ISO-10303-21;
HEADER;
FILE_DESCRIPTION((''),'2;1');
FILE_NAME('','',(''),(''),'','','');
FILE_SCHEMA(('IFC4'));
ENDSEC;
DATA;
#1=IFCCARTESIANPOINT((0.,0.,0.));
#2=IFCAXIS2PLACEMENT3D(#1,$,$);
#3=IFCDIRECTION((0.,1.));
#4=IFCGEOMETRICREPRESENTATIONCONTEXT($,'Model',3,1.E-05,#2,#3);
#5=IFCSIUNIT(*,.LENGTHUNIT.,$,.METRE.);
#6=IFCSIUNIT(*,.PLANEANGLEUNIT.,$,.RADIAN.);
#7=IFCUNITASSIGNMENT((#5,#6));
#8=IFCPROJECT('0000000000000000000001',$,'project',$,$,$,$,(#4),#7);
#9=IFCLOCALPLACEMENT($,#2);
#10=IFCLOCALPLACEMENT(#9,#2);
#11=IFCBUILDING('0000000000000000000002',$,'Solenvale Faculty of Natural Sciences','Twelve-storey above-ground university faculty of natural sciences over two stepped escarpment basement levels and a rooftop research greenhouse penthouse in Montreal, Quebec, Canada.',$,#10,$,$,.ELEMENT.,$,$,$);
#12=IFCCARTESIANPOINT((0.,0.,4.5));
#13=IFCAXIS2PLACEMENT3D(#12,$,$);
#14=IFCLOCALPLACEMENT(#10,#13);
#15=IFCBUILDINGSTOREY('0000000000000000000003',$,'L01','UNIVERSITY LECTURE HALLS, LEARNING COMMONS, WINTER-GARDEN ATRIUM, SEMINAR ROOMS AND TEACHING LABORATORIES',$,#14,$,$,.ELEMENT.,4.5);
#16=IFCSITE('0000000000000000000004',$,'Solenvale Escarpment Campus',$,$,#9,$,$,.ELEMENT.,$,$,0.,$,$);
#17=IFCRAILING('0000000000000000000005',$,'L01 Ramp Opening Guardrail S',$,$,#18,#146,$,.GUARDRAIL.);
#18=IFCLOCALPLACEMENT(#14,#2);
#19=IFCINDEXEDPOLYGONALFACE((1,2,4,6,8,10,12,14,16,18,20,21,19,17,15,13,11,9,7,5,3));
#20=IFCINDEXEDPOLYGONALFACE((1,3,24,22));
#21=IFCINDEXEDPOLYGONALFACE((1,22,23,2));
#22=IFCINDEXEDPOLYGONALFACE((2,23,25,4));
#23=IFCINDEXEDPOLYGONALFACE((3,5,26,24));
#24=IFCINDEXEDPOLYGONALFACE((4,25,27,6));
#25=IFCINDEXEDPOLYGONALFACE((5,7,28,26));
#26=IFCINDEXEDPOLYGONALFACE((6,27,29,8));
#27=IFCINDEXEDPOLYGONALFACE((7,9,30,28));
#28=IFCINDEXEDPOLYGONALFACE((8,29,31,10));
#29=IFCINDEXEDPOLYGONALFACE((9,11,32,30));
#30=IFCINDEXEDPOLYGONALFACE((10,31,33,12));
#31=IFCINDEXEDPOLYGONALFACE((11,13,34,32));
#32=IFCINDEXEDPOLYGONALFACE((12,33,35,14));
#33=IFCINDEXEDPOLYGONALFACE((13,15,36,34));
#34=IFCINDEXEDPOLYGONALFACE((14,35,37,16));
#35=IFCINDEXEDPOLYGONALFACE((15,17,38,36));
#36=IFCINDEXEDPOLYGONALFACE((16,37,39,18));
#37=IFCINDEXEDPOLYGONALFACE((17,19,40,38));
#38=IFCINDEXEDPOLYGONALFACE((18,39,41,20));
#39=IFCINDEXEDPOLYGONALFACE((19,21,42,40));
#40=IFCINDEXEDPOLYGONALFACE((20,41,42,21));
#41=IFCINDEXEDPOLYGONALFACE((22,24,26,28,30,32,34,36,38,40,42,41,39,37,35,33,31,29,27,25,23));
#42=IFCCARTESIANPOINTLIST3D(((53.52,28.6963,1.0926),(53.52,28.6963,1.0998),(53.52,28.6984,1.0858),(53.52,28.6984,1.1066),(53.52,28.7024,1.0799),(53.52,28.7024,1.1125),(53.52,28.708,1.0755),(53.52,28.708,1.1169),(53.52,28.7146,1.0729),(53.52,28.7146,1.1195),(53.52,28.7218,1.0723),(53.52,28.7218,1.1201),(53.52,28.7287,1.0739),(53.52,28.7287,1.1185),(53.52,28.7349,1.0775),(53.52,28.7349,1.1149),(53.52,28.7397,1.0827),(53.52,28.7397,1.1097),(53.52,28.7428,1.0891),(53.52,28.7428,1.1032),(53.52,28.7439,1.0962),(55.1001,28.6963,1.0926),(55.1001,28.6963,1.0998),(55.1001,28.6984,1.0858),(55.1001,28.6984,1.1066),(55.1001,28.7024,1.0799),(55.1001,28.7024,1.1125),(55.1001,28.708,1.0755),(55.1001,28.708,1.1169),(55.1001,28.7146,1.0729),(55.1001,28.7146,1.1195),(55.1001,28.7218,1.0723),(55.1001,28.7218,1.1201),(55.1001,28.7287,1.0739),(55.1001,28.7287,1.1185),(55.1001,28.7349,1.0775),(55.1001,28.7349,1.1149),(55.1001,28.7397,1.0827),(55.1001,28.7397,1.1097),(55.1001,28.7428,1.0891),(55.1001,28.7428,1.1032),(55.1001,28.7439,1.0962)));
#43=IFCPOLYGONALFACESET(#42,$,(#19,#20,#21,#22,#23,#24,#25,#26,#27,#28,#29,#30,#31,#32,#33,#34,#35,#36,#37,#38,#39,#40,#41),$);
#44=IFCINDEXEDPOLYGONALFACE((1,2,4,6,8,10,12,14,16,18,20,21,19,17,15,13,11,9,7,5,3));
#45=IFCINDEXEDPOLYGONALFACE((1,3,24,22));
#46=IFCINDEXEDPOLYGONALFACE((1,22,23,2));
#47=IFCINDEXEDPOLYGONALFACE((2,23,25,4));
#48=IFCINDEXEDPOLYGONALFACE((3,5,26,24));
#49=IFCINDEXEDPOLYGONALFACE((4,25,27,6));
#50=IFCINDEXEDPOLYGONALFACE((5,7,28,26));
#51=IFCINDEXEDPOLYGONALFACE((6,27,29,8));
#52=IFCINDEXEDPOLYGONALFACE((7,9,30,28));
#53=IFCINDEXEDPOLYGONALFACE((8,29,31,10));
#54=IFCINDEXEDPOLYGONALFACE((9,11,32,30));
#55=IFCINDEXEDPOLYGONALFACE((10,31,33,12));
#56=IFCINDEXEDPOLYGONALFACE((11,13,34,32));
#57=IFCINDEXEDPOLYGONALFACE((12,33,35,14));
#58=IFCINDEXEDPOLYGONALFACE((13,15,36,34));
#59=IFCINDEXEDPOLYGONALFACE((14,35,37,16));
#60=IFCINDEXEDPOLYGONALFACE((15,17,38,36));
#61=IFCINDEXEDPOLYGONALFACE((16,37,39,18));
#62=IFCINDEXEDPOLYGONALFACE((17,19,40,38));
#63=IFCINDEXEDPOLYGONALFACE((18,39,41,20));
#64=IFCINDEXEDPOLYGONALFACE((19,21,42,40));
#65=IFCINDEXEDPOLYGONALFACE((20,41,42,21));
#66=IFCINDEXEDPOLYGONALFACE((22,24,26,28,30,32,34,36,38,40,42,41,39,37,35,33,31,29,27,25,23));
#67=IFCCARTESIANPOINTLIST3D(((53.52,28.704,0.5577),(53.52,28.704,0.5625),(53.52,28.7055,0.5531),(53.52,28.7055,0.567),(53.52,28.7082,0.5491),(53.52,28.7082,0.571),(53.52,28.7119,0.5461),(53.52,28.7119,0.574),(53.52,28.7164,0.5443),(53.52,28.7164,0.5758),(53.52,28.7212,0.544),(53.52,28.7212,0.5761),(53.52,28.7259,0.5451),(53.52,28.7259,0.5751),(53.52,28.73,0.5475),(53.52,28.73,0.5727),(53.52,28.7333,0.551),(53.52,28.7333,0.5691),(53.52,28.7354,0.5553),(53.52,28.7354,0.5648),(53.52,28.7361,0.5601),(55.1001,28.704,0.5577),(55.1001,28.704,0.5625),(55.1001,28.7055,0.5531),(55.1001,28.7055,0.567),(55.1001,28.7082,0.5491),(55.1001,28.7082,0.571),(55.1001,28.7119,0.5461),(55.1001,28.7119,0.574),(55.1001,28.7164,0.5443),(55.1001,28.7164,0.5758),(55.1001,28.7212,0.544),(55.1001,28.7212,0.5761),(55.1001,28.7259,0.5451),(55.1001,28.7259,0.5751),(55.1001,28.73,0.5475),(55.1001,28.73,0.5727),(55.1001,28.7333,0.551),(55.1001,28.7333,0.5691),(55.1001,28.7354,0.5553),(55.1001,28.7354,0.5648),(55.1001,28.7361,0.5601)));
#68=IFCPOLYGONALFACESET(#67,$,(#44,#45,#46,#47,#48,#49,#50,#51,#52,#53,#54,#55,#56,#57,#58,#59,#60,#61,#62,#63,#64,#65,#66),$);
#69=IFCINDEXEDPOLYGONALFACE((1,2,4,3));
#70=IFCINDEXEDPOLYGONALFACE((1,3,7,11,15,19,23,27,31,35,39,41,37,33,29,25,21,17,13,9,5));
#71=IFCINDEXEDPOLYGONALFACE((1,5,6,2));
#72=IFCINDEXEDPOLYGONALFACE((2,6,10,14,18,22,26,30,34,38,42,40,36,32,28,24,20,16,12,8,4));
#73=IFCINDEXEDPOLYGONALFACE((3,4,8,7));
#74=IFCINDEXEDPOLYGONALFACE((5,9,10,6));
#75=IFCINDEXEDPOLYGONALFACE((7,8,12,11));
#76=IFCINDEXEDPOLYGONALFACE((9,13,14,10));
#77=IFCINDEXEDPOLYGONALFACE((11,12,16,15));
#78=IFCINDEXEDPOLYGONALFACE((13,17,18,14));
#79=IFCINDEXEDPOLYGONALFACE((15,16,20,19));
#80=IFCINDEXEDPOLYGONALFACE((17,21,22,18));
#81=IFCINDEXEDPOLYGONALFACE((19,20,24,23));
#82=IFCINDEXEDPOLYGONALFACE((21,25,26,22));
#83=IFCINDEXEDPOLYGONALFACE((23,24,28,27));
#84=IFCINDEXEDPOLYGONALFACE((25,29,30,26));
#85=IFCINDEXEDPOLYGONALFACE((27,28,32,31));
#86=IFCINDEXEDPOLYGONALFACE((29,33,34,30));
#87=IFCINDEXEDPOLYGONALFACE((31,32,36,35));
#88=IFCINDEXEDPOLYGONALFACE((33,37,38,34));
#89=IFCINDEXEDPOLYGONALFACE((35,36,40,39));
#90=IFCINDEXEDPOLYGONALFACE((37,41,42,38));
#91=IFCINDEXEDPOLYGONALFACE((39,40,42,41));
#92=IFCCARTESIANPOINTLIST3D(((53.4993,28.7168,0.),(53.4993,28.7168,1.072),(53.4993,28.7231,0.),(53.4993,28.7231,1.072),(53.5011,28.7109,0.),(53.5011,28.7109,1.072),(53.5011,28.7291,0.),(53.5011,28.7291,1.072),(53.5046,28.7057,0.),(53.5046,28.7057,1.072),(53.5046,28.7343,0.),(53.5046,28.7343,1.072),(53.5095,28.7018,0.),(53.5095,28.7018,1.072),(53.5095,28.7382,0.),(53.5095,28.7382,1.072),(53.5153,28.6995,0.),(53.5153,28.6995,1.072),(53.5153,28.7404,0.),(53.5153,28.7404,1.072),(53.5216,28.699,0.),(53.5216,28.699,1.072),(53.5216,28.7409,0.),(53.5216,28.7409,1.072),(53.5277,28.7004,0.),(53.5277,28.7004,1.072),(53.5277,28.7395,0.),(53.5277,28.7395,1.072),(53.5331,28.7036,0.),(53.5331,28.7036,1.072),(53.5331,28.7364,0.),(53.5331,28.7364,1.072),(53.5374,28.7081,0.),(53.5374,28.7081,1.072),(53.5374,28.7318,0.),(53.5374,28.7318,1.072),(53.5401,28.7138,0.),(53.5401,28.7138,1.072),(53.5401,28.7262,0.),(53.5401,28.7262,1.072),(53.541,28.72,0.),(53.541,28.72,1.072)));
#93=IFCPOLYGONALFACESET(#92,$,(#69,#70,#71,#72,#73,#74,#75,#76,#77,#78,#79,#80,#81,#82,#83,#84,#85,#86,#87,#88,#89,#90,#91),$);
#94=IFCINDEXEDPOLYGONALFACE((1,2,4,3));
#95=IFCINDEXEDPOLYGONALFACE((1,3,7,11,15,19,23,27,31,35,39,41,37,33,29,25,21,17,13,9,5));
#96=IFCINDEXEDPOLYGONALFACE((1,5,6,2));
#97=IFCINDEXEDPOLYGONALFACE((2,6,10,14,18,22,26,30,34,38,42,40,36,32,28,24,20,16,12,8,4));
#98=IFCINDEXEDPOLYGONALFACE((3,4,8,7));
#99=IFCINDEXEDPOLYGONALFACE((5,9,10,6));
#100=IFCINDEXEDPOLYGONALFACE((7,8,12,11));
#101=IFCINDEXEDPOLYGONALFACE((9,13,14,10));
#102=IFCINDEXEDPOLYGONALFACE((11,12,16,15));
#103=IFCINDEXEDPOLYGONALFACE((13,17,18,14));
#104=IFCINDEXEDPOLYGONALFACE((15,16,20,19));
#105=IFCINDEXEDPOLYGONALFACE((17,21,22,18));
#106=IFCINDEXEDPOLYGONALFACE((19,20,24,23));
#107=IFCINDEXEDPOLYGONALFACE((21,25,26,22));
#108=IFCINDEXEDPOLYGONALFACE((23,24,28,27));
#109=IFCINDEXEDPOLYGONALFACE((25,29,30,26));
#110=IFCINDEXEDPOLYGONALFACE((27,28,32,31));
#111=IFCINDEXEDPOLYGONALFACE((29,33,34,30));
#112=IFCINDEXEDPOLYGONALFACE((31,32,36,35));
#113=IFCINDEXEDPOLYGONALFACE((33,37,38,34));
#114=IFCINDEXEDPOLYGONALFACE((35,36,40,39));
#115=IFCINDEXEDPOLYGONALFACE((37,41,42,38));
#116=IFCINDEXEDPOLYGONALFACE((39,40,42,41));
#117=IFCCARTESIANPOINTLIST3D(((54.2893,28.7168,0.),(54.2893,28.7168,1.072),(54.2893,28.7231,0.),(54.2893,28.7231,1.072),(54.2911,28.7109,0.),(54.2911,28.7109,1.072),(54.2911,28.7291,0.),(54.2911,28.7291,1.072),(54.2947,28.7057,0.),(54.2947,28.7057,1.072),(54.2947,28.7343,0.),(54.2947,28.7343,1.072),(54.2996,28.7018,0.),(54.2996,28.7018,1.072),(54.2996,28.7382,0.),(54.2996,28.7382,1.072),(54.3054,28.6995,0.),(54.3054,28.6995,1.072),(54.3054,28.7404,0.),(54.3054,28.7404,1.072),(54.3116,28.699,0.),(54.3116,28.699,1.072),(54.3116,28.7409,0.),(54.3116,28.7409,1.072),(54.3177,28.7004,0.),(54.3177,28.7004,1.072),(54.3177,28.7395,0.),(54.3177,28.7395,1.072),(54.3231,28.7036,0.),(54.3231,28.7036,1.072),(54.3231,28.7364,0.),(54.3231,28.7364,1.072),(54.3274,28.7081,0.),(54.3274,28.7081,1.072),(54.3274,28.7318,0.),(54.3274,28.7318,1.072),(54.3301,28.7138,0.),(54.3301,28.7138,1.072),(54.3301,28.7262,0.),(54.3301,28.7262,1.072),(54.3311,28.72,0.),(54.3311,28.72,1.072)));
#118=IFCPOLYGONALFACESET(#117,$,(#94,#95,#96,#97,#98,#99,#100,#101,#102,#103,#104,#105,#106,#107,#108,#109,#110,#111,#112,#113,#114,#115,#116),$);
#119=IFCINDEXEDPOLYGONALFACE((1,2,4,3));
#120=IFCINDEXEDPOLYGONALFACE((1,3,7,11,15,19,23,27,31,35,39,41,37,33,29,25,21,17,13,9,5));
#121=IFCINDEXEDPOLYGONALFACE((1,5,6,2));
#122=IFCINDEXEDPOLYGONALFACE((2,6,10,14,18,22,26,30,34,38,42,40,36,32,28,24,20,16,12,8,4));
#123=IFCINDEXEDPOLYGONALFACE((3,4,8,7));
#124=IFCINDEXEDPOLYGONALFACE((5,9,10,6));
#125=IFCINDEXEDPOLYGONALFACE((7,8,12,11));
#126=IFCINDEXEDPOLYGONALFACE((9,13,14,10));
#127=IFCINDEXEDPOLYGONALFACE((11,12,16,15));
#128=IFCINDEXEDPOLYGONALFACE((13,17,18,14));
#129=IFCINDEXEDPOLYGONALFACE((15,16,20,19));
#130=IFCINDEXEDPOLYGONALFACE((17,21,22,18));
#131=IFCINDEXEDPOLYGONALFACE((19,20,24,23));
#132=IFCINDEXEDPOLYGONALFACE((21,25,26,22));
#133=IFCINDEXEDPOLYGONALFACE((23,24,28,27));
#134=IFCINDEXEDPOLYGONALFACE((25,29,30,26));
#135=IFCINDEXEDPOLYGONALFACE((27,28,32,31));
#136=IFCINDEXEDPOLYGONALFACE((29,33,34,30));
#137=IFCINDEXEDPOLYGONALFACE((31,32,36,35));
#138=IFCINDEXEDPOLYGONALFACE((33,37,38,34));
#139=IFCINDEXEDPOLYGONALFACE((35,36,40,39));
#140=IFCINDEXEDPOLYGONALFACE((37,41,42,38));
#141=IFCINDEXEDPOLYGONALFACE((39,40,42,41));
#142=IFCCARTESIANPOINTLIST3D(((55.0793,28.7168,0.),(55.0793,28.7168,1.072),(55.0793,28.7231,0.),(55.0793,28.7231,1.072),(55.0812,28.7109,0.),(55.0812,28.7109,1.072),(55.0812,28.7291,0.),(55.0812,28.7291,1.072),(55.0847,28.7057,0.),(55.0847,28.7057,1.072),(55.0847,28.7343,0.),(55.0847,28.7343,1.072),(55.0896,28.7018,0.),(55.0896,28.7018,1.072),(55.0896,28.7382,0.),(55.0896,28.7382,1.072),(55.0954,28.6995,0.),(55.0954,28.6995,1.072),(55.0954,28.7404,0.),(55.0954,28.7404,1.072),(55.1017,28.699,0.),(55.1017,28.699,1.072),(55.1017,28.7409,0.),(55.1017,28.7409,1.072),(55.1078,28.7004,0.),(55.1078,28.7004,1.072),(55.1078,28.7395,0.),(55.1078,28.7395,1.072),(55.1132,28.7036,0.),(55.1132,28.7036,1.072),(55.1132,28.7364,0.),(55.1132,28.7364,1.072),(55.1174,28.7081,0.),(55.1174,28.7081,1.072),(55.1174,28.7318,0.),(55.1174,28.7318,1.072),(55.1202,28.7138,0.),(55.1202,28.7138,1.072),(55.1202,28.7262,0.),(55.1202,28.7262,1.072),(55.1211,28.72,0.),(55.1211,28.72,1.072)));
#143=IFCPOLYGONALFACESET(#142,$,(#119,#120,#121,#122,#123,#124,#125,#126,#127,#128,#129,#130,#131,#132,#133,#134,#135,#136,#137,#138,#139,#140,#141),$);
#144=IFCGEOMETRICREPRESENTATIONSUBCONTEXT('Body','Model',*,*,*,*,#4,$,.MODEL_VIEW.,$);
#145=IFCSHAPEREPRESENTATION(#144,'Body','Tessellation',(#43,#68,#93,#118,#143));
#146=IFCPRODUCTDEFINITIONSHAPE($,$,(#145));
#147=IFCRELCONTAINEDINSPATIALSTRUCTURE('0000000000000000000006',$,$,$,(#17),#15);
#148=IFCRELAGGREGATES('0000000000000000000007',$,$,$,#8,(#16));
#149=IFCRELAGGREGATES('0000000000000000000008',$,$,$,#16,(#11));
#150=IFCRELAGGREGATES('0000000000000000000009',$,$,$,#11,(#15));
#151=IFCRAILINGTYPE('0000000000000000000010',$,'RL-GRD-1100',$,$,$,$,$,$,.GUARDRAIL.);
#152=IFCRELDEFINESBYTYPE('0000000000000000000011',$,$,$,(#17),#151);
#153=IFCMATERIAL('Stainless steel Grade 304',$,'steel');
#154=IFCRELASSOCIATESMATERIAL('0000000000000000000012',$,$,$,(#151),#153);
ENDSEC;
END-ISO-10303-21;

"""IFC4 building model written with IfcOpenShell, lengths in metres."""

from ifc_helpers import new_model, si_unit, direction, frame, origin, origin_2d, place, context, subcontext, project, spatial, circle, extrude, material, type_object, element, save


model = new_model("IFC4")

# Units and contexts
model_context = context("Model", 3, precision=1e-05, world=origin(), true_north=direction((0.0, 1.0)))
body_context = subcontext(model_context, "Body", "Model", "MODEL_VIEW")
ifc_project = project(units=[si_unit("LENGTHUNIT", "METRE"), si_unit("PLANEANGLEUNIT", "RADIAN")], contexts=[model_context])

# Site, building, storey
site_placement = place(None, origin())
site = spatial("IfcSite", under=ifc_project, at=site_placement, Name="Solenvale Escarpment Campus", CompositionType="ELEMENT", RefElevation=0.0)
building_placement = place(site_placement, origin())
building = spatial("IfcBuilding", under=site, at=building_placement, Name="Solenvale Faculty of Natural Sciences", Description="Twelve-storey above-ground university faculty of natural sciences over two stepped escarpment basement levels and a rooftop research greenhouse penthouse in Montreal, Quebec, Canada.", CompositionType="ELEMENT")
storey_placement = place(building_placement, frame((0.0, 0.0, 4.5)))
storey = spatial("IfcBuildingStorey", under=building, at=storey_placement, Name="L01", Description="UNIVERSITY LECTURE HALLS, LEARNING COMMONS, WINTER-GARDEN ATRIUM, SEMINAR ROOMS AND TEACHING LABORATORIES", CompositionType="ELEMENT", Elevation=4.5)

# Railing
ifc_material_1 = material(Name="Stainless steel Grade 304", Category="steel")
railing_type_1 = type_object("IfcRailingType", Name="RL-GRD-1100", PredefinedType="GUARDRAIL", material=ifc_material_1)
railing_1_placement = place(storey_placement, frame((53.52, 28.72, 0.0)))
element("IfcRailing", 1, at=railing_1_placement, inside=storey, type_object=railing_type_1, Name="L01 Ramp Opening Guardrail S", PredefinedType="GUARDRAIL", context=body_context, shape_type="SweptSolid", body=[
    extrude(circle(Radius=0.0239, at=origin_2d()), frame((0.0, 0.0, 1.0962), z_axis=(1.0, 0.0, 0.0), x_axis=(0.0, 1.0, 0.0)), (0.0, 0.0, 1.0), 1.5801),
    extrude(circle(Radius=0.0161, at=origin_2d()), frame((0.0, 0.0, 0.5601), z_axis=(1.0, 0.0, 0.0), x_axis=(0.0, 1.0, 0.0)), (0.0, 0.0, 1.0), 1.5801),
    extrude(circle(Radius=0.021, at=origin_2d()), origin(), (0.0, 0.0, 1.0), 1.072),
    extrude(circle(Radius=0.021, at=origin_2d()), frame((0.79, 0.0, 0.0)), (0.0, 0.0, 1.0), 1.072),
    extrude(circle(Radius=0.021, at=origin_2d()), frame((1.5801, 0.0, 0.0)), (0.0, 0.0, 1.0), 1.072),
])

save(model, "model.ifc")
